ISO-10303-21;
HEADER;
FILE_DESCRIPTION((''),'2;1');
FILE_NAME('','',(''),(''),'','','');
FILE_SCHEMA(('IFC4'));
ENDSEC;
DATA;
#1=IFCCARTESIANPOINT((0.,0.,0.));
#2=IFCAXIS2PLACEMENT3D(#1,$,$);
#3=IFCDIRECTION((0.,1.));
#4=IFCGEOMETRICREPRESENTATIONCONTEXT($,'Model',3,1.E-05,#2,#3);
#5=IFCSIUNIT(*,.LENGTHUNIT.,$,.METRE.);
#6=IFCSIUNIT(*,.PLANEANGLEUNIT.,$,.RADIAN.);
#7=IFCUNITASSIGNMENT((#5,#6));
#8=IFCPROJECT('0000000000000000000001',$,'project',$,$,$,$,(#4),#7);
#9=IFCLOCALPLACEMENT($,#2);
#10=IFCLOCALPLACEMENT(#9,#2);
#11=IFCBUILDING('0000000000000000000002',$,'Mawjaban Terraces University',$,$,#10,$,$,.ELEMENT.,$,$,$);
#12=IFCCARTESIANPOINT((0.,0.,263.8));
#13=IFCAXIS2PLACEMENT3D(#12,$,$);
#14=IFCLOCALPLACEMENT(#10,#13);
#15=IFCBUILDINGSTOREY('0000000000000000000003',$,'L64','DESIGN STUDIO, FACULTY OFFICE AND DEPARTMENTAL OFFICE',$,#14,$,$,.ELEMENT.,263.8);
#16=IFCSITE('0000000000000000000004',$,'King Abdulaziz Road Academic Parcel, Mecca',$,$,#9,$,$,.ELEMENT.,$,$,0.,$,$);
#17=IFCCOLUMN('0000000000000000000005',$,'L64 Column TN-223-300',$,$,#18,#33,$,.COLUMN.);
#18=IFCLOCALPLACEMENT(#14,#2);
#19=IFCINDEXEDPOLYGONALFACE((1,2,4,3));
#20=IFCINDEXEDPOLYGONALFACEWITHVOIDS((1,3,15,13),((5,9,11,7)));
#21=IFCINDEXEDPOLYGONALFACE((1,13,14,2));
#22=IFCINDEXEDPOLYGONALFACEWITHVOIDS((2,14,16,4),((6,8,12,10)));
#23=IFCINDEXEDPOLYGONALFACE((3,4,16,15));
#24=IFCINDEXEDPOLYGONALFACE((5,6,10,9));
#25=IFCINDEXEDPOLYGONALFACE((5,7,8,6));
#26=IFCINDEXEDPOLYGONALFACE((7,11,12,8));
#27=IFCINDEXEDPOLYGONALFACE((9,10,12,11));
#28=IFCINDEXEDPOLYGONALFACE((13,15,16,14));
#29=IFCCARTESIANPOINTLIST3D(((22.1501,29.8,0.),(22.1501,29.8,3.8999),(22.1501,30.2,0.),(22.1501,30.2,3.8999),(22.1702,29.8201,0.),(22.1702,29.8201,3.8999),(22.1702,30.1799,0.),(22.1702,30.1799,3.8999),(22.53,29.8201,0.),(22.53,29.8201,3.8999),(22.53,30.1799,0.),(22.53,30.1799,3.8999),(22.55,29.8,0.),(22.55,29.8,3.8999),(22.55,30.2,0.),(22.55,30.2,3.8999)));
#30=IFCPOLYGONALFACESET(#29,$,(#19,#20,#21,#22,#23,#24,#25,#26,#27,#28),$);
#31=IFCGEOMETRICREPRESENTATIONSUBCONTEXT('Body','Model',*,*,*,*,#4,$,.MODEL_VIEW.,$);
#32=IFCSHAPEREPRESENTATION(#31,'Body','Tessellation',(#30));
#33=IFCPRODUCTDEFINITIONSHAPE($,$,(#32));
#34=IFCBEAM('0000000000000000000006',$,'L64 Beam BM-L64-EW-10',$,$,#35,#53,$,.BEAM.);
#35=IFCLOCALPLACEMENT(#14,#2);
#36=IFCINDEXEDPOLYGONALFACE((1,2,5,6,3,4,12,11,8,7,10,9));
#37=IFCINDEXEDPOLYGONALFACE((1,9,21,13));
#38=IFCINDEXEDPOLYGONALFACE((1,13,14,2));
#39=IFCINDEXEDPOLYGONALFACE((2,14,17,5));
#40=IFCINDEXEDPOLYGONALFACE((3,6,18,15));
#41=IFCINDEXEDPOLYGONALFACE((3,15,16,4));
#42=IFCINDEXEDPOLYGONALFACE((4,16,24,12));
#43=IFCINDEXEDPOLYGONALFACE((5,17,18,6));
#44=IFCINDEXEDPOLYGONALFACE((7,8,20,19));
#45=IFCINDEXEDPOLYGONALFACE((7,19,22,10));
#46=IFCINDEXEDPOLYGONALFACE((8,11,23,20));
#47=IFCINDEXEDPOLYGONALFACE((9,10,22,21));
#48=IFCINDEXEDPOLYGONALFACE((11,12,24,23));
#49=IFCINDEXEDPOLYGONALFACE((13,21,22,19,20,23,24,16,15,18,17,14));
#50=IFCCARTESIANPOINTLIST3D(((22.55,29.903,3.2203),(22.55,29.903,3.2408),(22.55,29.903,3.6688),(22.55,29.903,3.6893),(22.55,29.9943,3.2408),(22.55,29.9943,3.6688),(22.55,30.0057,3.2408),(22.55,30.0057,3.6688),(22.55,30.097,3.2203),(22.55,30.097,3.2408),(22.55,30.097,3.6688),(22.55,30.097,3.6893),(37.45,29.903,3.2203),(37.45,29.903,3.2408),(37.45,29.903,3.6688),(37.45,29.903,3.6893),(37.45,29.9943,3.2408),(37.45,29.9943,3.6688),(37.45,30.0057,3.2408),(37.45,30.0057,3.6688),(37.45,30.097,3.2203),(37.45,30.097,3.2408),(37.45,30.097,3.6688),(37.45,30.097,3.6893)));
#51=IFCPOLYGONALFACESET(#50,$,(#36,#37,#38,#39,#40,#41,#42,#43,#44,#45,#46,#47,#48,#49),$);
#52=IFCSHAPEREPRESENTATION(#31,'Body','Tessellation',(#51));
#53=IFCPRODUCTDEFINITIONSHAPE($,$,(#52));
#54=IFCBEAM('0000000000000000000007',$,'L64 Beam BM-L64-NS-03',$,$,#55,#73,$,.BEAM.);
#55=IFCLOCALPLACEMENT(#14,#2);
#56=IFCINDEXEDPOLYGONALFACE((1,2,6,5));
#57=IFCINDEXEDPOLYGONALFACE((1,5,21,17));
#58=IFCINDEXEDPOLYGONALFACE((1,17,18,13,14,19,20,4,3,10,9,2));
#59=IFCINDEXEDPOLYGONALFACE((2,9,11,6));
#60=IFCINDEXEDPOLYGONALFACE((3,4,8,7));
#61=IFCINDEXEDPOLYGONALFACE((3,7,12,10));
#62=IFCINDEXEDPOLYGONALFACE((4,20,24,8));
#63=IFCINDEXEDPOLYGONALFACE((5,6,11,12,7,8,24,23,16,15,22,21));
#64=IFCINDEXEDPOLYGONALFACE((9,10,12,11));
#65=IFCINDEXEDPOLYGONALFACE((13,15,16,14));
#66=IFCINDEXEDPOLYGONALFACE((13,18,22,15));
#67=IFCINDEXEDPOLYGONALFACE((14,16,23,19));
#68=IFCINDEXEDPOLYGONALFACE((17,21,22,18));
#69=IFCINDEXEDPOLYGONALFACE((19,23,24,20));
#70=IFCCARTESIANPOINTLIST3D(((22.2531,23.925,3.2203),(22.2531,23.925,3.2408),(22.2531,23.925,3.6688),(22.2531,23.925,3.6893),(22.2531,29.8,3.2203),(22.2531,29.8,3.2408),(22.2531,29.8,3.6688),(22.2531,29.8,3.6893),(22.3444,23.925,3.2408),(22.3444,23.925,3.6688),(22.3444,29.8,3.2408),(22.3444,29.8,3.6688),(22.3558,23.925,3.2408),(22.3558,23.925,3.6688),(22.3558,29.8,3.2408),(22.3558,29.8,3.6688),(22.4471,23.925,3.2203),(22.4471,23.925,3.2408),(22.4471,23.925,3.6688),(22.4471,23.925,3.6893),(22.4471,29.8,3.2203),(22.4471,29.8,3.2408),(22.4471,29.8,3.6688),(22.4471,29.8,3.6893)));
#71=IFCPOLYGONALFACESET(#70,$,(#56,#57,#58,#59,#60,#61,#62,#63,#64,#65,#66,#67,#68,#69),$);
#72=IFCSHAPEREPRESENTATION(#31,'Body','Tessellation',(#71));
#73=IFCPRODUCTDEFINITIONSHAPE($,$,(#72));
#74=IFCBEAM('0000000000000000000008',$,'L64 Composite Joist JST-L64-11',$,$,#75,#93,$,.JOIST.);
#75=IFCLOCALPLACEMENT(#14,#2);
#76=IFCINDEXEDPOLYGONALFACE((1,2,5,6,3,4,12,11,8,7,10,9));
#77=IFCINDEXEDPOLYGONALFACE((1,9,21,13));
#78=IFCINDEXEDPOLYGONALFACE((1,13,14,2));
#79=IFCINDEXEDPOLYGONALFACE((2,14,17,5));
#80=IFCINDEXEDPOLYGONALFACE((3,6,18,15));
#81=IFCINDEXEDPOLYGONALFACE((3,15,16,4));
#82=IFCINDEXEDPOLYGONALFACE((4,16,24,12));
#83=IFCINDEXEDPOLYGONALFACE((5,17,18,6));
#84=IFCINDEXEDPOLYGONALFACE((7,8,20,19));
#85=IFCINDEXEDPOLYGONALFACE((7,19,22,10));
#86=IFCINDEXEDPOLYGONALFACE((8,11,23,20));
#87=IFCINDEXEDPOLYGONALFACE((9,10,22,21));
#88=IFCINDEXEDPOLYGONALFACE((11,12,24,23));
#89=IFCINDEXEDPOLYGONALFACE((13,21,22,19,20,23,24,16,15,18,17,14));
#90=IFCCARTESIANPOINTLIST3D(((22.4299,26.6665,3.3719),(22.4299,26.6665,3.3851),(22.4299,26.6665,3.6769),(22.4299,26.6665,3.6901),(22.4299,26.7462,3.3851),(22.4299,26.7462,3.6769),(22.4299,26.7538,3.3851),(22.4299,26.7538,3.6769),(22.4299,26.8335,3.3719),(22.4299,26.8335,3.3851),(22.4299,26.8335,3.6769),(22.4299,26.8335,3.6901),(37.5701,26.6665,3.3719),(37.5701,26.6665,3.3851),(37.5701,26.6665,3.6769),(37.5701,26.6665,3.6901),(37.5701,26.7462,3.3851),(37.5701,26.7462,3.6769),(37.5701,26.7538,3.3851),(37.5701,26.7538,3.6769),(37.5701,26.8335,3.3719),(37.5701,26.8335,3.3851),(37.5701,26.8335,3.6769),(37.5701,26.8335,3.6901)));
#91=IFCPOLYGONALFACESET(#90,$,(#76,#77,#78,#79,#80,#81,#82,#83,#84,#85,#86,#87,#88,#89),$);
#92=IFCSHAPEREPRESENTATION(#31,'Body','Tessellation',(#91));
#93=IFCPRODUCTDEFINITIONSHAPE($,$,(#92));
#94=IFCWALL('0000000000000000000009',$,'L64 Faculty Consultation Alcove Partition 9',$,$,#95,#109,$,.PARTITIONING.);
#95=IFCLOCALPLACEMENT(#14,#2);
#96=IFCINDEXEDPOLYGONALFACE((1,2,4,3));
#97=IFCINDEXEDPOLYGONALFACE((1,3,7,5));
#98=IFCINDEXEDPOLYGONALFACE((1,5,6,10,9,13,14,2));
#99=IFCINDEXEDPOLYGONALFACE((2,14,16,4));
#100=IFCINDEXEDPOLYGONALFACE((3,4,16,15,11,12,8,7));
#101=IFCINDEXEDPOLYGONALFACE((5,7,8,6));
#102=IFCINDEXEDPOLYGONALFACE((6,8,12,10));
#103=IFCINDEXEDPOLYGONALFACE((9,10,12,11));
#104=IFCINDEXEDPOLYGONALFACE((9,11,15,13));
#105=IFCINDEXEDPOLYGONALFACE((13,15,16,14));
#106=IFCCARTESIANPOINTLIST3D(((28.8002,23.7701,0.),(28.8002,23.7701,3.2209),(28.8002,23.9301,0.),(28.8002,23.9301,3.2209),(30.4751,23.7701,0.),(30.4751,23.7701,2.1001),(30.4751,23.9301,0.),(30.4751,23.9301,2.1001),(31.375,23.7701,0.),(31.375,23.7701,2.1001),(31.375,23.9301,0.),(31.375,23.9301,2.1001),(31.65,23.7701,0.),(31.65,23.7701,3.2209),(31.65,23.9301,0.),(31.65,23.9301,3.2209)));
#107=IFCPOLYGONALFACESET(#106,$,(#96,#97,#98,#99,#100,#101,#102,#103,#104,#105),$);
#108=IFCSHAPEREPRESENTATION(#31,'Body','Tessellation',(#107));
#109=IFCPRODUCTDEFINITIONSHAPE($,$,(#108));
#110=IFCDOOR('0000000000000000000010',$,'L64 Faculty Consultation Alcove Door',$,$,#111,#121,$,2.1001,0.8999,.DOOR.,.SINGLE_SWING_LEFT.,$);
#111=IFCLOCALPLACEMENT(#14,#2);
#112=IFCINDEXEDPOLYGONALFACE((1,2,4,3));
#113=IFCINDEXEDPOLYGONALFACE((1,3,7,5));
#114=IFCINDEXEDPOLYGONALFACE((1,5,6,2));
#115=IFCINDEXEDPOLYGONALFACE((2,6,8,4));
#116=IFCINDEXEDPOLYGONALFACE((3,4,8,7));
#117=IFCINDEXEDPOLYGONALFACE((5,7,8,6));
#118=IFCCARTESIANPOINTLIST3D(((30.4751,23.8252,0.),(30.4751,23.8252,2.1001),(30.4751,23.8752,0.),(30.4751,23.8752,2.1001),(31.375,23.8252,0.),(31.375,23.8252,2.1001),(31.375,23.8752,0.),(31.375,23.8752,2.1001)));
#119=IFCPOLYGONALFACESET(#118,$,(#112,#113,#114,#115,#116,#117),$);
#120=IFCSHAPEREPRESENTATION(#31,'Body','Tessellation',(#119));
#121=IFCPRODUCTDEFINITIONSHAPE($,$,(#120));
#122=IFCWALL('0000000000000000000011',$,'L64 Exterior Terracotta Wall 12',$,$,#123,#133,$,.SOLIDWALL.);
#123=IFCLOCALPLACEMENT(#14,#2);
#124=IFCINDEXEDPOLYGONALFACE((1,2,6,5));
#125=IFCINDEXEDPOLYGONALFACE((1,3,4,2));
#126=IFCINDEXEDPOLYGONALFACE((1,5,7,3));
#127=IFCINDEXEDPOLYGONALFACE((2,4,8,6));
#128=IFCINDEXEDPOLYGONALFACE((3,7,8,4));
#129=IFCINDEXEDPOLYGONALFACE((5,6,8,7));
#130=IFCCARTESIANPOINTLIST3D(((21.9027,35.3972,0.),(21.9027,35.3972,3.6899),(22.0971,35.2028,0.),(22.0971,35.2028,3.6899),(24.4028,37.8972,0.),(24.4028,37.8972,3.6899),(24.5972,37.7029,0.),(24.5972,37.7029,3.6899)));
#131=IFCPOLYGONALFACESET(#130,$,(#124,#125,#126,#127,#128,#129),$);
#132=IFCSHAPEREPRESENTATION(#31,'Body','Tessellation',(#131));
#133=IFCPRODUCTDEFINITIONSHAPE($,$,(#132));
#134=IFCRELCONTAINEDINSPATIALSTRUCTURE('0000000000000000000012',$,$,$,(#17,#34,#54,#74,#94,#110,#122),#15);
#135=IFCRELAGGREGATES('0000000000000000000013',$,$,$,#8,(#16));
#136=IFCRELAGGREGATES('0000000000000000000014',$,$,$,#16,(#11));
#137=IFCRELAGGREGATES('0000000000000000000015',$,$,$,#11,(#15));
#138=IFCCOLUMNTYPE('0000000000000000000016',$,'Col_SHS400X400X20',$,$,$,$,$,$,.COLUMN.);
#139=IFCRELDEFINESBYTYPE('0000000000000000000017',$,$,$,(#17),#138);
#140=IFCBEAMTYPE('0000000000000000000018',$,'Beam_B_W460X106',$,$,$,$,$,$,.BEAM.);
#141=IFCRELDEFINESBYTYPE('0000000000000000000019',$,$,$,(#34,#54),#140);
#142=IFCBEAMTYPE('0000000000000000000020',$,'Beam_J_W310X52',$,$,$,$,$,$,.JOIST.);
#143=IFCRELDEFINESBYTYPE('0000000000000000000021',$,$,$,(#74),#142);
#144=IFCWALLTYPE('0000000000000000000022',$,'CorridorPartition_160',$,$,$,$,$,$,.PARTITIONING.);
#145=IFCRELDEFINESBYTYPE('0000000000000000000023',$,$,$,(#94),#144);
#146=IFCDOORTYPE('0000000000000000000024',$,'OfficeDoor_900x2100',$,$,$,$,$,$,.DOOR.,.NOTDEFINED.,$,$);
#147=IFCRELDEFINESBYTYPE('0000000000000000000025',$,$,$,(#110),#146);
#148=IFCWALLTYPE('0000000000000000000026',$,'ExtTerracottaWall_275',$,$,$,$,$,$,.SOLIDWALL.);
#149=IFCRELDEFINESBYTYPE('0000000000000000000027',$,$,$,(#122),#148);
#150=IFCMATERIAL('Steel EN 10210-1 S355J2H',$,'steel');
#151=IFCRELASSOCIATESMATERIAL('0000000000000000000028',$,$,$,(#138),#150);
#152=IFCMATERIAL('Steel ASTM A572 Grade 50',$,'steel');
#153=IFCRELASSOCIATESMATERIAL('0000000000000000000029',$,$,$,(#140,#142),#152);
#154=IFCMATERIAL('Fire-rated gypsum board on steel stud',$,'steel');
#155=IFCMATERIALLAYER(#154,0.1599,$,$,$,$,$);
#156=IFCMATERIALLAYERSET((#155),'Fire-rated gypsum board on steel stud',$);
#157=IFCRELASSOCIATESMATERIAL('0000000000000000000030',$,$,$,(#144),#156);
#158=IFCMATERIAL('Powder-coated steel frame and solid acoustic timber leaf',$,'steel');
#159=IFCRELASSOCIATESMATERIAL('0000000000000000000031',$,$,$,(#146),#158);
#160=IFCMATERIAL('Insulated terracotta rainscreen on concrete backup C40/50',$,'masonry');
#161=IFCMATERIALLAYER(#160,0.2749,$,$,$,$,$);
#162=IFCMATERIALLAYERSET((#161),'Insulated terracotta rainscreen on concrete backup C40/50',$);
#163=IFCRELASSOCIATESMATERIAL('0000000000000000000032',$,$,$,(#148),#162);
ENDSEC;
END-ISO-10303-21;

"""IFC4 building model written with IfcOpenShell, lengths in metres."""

from ifc_helpers import new_model, si_unit, direction, frame, frame_2d, origin, origin_2d, place, context, subcontext, project, spatial, rectangle, hollow_rectangle, i_section, extrude, material, layer, layer_set, material_profile, profile_set, type_object, element, fill, save


model = new_model("IFC4")

# Units and contexts
model_context = context("Model", 3, precision=1e-05, world=origin(), true_north=direction((0.0, 1.0)))
body_context = subcontext(model_context, "Body", "Model", "MODEL_VIEW")
ifc_project = project(units=[si_unit("LENGTHUNIT", "METRE"), si_unit("PLANEANGLEUNIT", "RADIAN")], contexts=[model_context])

# Site, building, storey
site_placement = place(None, origin())
site = spatial("IfcSite", under=ifc_project, at=site_placement, Name="King Abdulaziz Road Academic Parcel, Mecca", CompositionType="ELEMENT", RefElevation=0.0)
building_placement = place(site_placement, origin())
building = spatial("IfcBuilding", under=site, at=building_placement, Name="Mawjaban Terraces University", CompositionType="ELEMENT")
storey_placement = place(building_placement, frame((0.0, 0.0, 263.8)))
storey = spatial("IfcBuildingStorey", under=building, at=storey_placement, Name="L64", Description="DESIGN STUDIO, FACULTY OFFICE AND DEPARTMENTAL OFFICE", CompositionType="ELEMENT", Elevation=263.8)

# Column
ifc_material_1 = material(Name="Steel EN 10210-1 S355J2H", Category="steel")
ifc_material_profile_1 = material_profile(ifc_material_1, hollow_rectangle(XDim=0.3999, YDim=0.3999, WallThickness=0.02, at=origin_2d()), Name="SHS400X400X20")
ifc_profile_set_1 = profile_set([ifc_material_profile_1], Name="Steel EN 10210-1 S355J2H")
column_type = type_object("IfcColumnType", Name="Col_SHS400X400X20", PredefinedType="COLUMN", material=ifc_profile_set_1)
column_placement = place(storey_placement, frame((22.3501, 30.0, 0.0), z_axis=(0.0, 0.0, 1.0), x_axis=(1.0, 0.0, 0.0)))
element("IfcColumn", 1, at=column_placement, inside=storey, type_object=column_type, Name="L64 Column TN-223-300", PredefinedType="COLUMN", context=body_context, shape_type="SweptSolid", body=[
    extrude(hollow_rectangle(XDim=0.3999, YDim=0.3999, WallThickness=0.02, at=origin_2d()), origin(), (0.0, 0.0, 1.0), 3.8999),
])

# Beams
ifc_material_2 = material(Name="Steel ASTM A572 Grade 50", Category="steel")
ifc_material_profile_2 = material_profile(ifc_material_2, i_section(OverallWidth=0.1941, OverallDepth=0.469, WebThickness=0.0115, FlangeThickness=0.0205, at=origin_2d()), Name="W460X106")
ifc_profile_set_2 = profile_set([ifc_material_profile_2], Name="Steel ASTM A572 Grade 50")
beam_type_1 = type_object("IfcBeamType", Name="Beam_B_W460X106", PredefinedType="BEAM", material=ifc_profile_set_2)
beam_1_placement = place(storey_placement, frame((22.55, 30.0, 3.4548), z_axis=(1.0, 0.0, 0.0), x_axis=(0.0, 1.0, 0.0)))
element("IfcBeam", 2, at=beam_1_placement, inside=storey, type_object=beam_type_1, Name="L64 Beam BM-L64-EW-10", PredefinedType="BEAM", context=body_context, shape_type="SweptSolid", body=[
    extrude(i_section(OverallWidth=0.1941, OverallDepth=0.469, WebThickness=0.0115, FlangeThickness=0.0205, at=origin_2d()), origin(), (0.0, 0.0, 1.0), 14.8999),
])
beam_2_placement = place(storey_placement, frame((22.3501, 23.925, 3.4548), z_axis=(0.0, 1.0, 0.0), x_axis=(-1.0, 0.0, 0.0)))
element("IfcBeam", 3, at=beam_2_placement, inside=storey, type_object=beam_type_1, Name="L64 Beam BM-L64-NS-03", PredefinedType="BEAM", context=body_context, shape_type="SweptSolid", body=[
    extrude(i_section(OverallWidth=0.1941, OverallDepth=0.469, WebThickness=0.0115, FlangeThickness=0.0205, at=origin_2d()), origin(), (0.0, 0.0, 1.0), 5.875),
])
ifc_material_profile_3 = material_profile(ifc_material_2, i_section(OverallWidth=0.167, OverallDepth=0.3181, WebThickness=0.0076, FlangeThickness=0.0132, at=origin_2d()), Name="W310X52")
ifc_profile_set_3 = profile_set([ifc_material_profile_3], Name="Steel ASTM A572 Grade 50")
beam_type_2 = type_object("IfcBeamType", Name="Beam_J_W310X52", PredefinedType="JOIST", material=ifc_profile_set_3)
beam_3_placement = place(storey_placement, frame((22.4299, 26.75, 3.531), z_axis=(1.0, 0.0, 0.0), x_axis=(0.0, 1.0, 0.0)))
element("IfcBeam", 4, at=beam_3_placement, inside=storey, type_object=beam_type_2, Name="L64 Composite Joist JST-L64-11", PredefinedType="JOIST", context=body_context, shape_type="SweptSolid", body=[
    extrude(i_section(OverallWidth=0.167, OverallDepth=0.3181, WebThickness=0.0076, FlangeThickness=0.0132, at=origin_2d()), origin(), (0.0, 0.0, 1.0), 15.1401),
])

# Wall, opening, door
ifc_material_3 = material(Name="Fire-rated gypsum board on steel stud", Category="steel")
ifc_layer_1 = layer(ifc_material_3, 0.1599)
ifc_layer_set_1 = layer_set([ifc_layer_1], Name="Fire-rated gypsum board on steel stud")
wall_type_1 = type_object("IfcWallType", Name="CorridorPartition_160", PredefinedType="PARTITIONING", material=ifc_layer_set_1)
wall_1_placement = place(storey_placement, frame((31.6499, 23.8501, 0.0), z_axis=(0.0, 0.0, 1.0), x_axis=(-1.0, 0.0, 0.0)))
wall_1 = element("IfcWall", 5, at=wall_1_placement, inside=storey, type_object=wall_type_1, Name="L64 Faculty Consultation Alcove Partition 9", PredefinedType="PARTITIONING", context=body_context, shape_type="SweptSolid", body=[
    extrude(rectangle(XDim=2.8499, YDim=0.1599, at=frame_2d((1.4248, 0.0))), origin(), (0.0, 0.0, 1.0), 3.2209),
])
opening_1_placement = place(wall_1_placement, frame((0.2749, 0.0, 0.0)))
opening_1 = element("IfcOpeningElement", 6, at=opening_1_placement, cuts=wall_1, PredefinedType="OPENING", context=body_context, shape_type="SweptSolid", body=[
    extrude(rectangle(XDim=0.8999, YDim=2.1001, at=frame_2d((0.45, 1.05))), frame((0.0, 0.0898, 0.0), z_axis=(0.0, -1.0, 0.0), x_axis=(1.0, 0.0, 0.0)), (0.0, 0.0, 1.0), 0.1799),
])
ifc_material_4 = material(Name="Powder-coated steel frame and solid acoustic timber leaf", Category="steel")
door_type_1 = type_object("IfcDoorType", Name="OfficeDoor_900x2100", OperationType="NOTDEFINED", PredefinedType="DOOR", material=ifc_material_4)
door_1_placement = place(opening_1_placement, origin())
door_1 = element("IfcDoor", 7, at=door_1_placement, inside=storey, type_object=door_type_1, Name="L64 Faculty Consultation Alcove Door", OperationType="SINGLE_SWING_LEFT", OverallHeight=2.1001, OverallWidth=0.8999, PredefinedType="DOOR", context=body_context, shape_type="SweptSolid", body=[
    extrude(rectangle(XDim=0.8999, YDim=2.1001, at=frame_2d((0.45, 1.05))), frame((0.0, 0.0249, 0.0), z_axis=(0.0, -1.0, 0.0), x_axis=(1.0, 0.0, 0.0)), (0.0, 0.0, 1.0), 0.05),
])
fill(opening_1, door_1)

# Wall
ifc_material_5 = material(Name="Insulated terracotta rainscreen on concrete backup C40/50", Category="masonry")
ifc_layer_2 = layer(ifc_material_5, 0.2749)
ifc_layer_set_2 = layer_set([ifc_layer_2], Name="Insulated terracotta rainscreen on concrete backup C40/50")
wall_type_2 = type_object("IfcWallType", Name="ExtTerracottaWall_275", PredefinedType="SOLIDWALL", material=ifc_layer_set_2)
wall_2_placement = place(storey_placement, frame((24.5, 37.8, 0.0), z_axis=(0.0, 0.0, 1.0), x_axis=(-0.707107, -0.707107, 0.0)))
element("IfcWall", 8, at=wall_2_placement, inside=storey, type_object=wall_type_2, Name="L64 Exterior Terracotta Wall 12", PredefinedType="SOLIDWALL", context=body_context, shape_type="SweptSolid", body=[
    extrude(rectangle(XDim=3.5356, YDim=0.2749, at=frame_2d((1.7678, 0.0))), origin(), (0.0, 0.0, 1.0), 3.6899),
])

save(model, "model.ifc")
